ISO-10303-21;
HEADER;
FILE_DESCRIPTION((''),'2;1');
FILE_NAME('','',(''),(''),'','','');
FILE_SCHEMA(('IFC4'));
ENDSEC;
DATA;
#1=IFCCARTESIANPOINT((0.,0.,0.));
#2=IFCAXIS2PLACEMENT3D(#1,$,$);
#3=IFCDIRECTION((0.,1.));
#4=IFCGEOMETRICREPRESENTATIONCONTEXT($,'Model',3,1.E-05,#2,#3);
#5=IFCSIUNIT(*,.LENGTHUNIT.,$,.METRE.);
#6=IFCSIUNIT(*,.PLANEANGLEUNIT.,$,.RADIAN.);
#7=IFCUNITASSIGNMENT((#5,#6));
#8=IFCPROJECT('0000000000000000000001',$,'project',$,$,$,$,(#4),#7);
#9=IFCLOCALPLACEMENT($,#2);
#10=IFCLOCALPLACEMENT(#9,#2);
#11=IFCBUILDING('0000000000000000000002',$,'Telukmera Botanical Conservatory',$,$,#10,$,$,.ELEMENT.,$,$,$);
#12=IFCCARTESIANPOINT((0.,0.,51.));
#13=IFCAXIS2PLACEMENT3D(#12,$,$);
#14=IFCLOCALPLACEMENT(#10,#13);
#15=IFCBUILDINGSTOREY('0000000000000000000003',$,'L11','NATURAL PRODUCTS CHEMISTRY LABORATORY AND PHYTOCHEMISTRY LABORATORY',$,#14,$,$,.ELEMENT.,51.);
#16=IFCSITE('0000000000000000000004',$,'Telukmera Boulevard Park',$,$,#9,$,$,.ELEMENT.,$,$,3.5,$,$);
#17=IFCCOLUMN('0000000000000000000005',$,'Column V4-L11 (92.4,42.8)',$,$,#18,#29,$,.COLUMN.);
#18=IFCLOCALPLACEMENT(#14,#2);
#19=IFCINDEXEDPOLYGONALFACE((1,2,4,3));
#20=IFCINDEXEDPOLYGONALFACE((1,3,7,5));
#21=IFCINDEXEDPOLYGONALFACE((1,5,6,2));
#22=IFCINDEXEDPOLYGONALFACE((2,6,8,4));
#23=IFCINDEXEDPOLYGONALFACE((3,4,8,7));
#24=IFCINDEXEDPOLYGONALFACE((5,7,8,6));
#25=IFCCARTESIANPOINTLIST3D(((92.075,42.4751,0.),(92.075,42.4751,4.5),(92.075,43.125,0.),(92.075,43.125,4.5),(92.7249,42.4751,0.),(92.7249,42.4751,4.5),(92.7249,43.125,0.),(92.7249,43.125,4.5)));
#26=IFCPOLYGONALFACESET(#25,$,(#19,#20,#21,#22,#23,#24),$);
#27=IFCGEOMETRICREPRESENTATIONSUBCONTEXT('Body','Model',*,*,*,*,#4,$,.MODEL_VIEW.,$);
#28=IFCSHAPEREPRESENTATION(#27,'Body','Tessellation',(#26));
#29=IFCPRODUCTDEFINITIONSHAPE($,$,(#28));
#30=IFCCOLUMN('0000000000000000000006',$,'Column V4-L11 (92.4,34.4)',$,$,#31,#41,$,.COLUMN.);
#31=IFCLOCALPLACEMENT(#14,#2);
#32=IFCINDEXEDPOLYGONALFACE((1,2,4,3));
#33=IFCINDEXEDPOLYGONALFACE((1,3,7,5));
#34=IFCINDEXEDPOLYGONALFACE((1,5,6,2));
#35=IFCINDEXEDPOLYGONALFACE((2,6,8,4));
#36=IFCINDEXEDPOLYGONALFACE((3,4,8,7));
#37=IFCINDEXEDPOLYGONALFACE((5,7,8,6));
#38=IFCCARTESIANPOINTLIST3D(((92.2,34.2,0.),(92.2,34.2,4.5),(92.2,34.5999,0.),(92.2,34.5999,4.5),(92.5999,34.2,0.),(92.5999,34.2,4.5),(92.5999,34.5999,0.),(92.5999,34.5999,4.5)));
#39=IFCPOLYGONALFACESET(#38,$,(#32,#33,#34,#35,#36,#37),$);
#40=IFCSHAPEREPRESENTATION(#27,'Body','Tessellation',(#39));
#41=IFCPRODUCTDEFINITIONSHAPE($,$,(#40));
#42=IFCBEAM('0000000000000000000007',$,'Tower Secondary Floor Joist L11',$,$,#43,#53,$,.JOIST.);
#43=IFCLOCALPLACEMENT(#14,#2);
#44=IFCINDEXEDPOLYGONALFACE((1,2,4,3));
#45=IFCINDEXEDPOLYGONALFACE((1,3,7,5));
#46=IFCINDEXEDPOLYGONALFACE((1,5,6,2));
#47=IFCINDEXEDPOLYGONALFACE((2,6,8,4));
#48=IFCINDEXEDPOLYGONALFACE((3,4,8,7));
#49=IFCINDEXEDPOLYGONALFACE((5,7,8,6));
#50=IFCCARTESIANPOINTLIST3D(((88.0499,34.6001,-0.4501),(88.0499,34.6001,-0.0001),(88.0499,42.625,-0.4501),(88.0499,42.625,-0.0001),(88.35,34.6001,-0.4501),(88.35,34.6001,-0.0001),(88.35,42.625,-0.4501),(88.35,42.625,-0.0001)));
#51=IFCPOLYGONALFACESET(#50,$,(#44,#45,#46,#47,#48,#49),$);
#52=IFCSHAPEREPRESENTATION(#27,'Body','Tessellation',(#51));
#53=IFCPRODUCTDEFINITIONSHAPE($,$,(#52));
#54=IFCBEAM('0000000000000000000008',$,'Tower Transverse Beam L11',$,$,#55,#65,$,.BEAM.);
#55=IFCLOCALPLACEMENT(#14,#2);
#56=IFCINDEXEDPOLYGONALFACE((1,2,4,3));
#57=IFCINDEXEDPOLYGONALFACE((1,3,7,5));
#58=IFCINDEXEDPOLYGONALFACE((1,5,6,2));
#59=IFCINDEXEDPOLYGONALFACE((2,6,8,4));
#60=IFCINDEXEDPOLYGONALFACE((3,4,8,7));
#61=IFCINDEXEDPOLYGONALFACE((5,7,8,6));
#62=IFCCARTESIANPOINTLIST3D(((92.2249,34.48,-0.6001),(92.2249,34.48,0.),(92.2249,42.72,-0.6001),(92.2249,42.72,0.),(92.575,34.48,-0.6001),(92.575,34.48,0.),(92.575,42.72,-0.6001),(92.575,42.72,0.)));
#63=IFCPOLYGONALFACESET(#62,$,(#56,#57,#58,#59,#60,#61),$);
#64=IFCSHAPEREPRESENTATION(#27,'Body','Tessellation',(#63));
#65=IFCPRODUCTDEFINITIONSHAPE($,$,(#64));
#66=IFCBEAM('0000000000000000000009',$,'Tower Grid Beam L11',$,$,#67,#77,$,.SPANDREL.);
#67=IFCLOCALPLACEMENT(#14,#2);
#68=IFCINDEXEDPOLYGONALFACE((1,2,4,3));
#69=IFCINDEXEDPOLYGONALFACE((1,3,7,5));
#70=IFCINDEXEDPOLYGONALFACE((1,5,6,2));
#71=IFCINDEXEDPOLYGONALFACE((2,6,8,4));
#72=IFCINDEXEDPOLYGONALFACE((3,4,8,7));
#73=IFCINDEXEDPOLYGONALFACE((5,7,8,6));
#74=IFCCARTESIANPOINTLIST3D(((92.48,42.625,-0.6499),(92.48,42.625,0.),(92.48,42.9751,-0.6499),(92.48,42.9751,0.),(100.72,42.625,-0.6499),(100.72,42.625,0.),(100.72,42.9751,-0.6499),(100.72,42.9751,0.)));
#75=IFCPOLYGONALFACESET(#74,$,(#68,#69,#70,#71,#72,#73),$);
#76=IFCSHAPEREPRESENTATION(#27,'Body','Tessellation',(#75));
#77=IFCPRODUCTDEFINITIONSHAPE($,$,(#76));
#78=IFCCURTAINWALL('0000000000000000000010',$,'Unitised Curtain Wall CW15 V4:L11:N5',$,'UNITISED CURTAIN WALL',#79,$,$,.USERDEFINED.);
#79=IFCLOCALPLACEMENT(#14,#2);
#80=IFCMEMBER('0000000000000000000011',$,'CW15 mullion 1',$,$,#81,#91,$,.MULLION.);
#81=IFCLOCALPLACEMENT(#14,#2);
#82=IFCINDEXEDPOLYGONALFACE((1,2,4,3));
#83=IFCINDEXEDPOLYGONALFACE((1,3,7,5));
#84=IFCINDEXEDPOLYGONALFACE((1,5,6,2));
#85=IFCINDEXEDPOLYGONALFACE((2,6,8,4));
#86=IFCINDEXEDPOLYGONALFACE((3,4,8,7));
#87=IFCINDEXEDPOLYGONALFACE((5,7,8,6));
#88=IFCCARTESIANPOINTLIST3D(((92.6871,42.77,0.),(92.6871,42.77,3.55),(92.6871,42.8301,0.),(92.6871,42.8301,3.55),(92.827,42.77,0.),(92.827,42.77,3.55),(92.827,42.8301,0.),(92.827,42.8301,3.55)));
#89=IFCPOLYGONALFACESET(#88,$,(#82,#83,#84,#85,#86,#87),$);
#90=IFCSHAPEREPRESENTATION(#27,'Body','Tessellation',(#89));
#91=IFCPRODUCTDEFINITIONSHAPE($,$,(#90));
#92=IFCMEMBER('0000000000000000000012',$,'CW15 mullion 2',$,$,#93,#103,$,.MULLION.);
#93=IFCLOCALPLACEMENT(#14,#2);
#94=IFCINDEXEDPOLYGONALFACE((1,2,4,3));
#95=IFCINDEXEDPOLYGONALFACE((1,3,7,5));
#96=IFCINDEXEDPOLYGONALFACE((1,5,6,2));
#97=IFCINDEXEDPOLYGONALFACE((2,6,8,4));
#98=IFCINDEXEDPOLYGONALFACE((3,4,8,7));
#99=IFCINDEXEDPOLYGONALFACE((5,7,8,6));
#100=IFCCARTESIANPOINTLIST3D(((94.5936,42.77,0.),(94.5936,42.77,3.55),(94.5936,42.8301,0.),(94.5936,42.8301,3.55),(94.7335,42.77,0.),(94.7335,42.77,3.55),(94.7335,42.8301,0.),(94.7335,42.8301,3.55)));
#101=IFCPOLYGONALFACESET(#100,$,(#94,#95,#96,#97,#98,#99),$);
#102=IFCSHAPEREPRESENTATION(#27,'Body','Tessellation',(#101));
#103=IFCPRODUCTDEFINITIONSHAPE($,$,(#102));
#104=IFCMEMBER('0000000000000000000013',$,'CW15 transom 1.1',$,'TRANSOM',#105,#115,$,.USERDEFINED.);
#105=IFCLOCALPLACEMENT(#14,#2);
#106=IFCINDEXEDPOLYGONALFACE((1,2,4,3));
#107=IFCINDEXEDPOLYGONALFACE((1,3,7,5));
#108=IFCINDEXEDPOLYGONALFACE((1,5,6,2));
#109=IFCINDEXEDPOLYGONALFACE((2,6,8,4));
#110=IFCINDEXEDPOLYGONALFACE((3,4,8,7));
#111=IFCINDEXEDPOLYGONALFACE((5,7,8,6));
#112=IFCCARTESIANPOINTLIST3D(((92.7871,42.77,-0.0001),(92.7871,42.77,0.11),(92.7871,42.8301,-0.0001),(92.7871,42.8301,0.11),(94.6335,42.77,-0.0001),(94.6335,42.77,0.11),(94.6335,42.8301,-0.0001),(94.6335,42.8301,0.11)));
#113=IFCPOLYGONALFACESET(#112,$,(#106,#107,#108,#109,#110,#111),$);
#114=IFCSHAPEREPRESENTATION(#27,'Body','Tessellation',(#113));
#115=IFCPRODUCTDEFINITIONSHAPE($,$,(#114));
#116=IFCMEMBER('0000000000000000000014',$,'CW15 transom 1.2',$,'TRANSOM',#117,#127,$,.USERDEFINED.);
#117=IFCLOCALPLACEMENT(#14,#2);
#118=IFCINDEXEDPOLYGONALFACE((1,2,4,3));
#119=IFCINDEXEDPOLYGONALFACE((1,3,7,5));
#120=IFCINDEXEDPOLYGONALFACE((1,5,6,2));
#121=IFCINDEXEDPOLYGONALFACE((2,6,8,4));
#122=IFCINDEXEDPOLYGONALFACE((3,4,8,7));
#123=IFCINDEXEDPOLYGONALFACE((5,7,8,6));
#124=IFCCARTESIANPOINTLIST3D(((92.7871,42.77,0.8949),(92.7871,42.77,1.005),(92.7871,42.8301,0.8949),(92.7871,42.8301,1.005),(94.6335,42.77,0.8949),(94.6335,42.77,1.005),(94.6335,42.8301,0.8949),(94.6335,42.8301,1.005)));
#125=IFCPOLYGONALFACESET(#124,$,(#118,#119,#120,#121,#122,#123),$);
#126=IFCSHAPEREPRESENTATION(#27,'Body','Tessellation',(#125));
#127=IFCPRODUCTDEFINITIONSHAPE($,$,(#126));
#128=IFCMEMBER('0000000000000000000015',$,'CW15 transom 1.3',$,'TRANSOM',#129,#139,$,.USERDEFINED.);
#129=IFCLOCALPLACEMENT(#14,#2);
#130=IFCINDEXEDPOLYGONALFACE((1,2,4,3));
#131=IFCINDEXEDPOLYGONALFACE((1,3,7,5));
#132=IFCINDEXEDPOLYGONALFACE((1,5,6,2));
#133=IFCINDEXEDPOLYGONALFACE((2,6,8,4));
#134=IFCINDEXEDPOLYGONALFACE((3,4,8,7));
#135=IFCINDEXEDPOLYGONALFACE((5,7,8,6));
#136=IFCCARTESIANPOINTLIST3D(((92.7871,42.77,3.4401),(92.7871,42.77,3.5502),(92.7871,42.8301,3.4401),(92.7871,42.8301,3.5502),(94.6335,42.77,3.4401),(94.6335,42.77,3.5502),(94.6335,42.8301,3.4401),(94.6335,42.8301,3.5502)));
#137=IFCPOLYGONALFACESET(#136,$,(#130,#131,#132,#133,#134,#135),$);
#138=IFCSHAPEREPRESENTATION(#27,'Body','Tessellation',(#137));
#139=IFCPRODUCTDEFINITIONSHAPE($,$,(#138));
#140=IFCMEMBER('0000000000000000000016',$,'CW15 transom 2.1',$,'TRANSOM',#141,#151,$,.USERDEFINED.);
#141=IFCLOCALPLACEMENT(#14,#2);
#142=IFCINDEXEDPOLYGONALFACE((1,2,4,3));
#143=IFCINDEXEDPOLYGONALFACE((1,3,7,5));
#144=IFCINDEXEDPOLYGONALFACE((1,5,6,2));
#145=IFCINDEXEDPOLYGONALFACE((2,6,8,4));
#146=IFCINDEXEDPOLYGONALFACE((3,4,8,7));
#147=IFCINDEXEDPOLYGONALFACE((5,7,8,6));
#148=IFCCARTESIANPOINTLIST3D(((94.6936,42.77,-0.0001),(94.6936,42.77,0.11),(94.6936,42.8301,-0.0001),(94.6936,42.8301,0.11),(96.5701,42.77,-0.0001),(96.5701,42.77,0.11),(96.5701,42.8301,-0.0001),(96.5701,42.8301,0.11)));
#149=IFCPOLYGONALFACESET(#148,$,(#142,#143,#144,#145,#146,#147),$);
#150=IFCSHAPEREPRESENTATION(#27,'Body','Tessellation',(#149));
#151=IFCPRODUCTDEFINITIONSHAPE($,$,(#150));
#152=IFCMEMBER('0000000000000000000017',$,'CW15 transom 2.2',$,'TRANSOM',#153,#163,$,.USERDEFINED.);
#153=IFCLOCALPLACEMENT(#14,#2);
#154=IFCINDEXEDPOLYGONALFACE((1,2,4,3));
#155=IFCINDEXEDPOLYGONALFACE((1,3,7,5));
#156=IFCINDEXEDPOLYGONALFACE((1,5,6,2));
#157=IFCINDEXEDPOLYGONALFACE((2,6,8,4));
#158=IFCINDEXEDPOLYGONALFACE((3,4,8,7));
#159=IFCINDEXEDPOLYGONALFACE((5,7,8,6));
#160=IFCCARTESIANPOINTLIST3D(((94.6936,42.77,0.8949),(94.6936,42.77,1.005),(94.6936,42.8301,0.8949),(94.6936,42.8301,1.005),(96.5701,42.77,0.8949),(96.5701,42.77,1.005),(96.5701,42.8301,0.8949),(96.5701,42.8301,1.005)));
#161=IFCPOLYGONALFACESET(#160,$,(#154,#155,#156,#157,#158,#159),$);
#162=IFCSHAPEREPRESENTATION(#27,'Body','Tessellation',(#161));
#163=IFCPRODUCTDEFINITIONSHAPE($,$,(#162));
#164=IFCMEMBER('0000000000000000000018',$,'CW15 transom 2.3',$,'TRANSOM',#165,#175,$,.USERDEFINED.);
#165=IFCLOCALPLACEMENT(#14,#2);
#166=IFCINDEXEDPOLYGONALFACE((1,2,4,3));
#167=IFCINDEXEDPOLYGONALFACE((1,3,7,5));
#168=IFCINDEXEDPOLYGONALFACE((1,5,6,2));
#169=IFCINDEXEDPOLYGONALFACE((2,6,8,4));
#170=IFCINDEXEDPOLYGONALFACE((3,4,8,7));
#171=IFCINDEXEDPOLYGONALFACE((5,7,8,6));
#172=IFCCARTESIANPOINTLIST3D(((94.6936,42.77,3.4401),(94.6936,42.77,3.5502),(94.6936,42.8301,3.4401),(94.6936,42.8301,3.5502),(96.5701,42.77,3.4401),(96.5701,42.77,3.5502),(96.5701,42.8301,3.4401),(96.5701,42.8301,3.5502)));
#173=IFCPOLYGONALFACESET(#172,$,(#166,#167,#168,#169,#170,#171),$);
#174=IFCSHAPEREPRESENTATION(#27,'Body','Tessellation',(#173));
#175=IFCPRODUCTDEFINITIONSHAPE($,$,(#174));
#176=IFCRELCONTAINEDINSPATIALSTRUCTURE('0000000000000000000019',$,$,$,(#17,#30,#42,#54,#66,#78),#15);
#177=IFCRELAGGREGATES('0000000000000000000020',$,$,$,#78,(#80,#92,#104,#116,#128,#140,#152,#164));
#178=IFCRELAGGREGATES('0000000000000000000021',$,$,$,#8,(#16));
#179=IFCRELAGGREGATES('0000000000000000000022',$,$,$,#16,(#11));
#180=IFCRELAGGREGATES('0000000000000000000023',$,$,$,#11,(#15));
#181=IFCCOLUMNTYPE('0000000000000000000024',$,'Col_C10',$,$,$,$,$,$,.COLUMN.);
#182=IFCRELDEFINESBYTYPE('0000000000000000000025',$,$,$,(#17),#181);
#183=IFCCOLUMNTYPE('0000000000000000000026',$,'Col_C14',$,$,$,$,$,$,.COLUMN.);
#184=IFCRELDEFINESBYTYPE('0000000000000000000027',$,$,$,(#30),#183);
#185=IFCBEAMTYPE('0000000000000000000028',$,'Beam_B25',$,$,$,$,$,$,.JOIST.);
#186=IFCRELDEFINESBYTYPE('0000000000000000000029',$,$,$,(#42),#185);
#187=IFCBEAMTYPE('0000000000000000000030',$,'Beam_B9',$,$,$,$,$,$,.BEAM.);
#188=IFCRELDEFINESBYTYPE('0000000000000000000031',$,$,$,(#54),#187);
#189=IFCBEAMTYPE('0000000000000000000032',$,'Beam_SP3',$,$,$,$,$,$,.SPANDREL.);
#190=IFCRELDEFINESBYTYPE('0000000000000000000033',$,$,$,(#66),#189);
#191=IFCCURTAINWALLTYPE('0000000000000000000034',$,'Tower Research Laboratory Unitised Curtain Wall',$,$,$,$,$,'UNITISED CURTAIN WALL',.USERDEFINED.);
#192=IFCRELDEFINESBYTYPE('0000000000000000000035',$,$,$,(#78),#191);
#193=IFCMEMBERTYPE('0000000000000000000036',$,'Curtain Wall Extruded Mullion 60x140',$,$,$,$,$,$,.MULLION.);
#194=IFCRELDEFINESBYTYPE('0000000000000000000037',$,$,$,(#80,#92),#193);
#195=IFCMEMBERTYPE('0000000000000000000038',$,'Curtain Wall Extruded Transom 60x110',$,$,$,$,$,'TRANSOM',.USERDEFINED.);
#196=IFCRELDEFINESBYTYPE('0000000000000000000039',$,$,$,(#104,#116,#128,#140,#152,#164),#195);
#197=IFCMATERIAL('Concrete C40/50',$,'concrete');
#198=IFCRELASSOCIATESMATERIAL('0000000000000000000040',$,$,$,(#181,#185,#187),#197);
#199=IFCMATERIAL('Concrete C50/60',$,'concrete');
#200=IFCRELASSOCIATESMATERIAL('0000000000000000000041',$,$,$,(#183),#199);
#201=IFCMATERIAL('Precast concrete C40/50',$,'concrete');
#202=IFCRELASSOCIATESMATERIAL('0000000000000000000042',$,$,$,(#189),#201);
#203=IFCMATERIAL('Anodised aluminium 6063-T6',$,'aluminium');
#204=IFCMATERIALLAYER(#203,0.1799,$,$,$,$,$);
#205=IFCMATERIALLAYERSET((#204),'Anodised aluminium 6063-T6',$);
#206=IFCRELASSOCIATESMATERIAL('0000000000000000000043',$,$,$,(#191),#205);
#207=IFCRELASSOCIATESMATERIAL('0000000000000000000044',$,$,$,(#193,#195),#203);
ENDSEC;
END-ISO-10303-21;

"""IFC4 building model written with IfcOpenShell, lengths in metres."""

from ifc_helpers import new_model, si_unit, direction, frame, origin, origin_2d, place, context, subcontext, project, spatial, rectangle, extrude, material, layer, layer_set, material_profile, profile_set, type_object, element, aggregate, save


model = new_model("IFC4")

# Units and contexts
model_context = context("Model", 3, precision=1e-05, world=origin(), true_north=direction((0.0, 1.0)))
body_context = subcontext(model_context, "Body", "Model", "MODEL_VIEW")
ifc_project = project(units=[si_unit("LENGTHUNIT", "METRE"), si_unit("PLANEANGLEUNIT", "RADIAN")], contexts=[model_context])

# Site, building, storey
site_placement = place(None, origin())
site = spatial("IfcSite", under=ifc_project, at=site_placement, Name="Telukmera Boulevard Park", CompositionType="ELEMENT", RefElevation=3.5)
building_placement = place(site_placement, origin())
building = spatial("IfcBuilding", under=site, at=building_placement, Name="Telukmera Botanical Conservatory", CompositionType="ELEMENT")
storey_placement = place(building_placement, frame((0.0, 0.0, 51.0)))
storey = spatial("IfcBuildingStorey", under=building, at=storey_placement, Name="L11", Description="NATURAL PRODUCTS CHEMISTRY LABORATORY AND PHYTOCHEMISTRY LABORATORY", CompositionType="ELEMENT", Elevation=51.0)

# Columns
ifc_material_1 = material(Name="Concrete C40/50", Category="concrete")
ifc_material_profile_1 = material_profile(ifc_material_1, rectangle(XDim=0.6499, YDim=0.6499, at=origin_2d()), Name="RC 650x650")
ifc_profile_set_1 = profile_set([ifc_material_profile_1], Name="Concrete C40/50")
column_type_1 = type_object("IfcColumnType", Name="Col_C10", PredefinedType="COLUMN", material=ifc_profile_set_1)
column_1_placement = place(storey_placement, frame((92.3999, 42.8, 0.0), z_axis=(0.0, 0.0, 1.0), x_axis=(1.0, 0.0, 0.0)))
element("IfcColumn", 1, at=column_1_placement, inside=storey, type_object=column_type_1, Name="Column V4-L11 (92.4,42.8)", PredefinedType="COLUMN", context=body_context, shape_type="SweptSolid", body=[
    extrude(rectangle(XDim=0.6499, YDim=0.6499, at=origin_2d()), origin(), (0.0, 0.0, 1.0), 4.5),
])
ifc_material_2 = material(Name="Concrete C50/60", Category="concrete")
ifc_material_profile_2 = material_profile(ifc_material_2, rectangle(XDim=0.3999, YDim=0.3999, at=origin_2d()), Name="RC 400x400")
ifc_profile_set_2 = profile_set([ifc_material_profile_2], Name="Concrete C50/60")
column_type_2 = type_object("IfcColumnType", Name="Col_C14", PredefinedType="COLUMN", material=ifc_profile_set_2)
column_2_placement = place(storey_placement, frame((92.3999, 34.3999, 0.0), z_axis=(0.0, 0.0, 1.0), x_axis=(1.0, 0.0, 0.0)))
element("IfcColumn", 2, at=column_2_placement, inside=storey, type_object=column_type_2, Name="Column V4-L11 (92.4,34.4)", PredefinedType="COLUMN", context=body_context, shape_type="SweptSolid", body=[
    extrude(rectangle(XDim=0.3999, YDim=0.3999, at=origin_2d()), origin(), (0.0, 0.0, 1.0), 4.5),
])

# Beams
ifc_material_profile_3 = material_profile(ifc_material_1, rectangle(XDim=0.3, YDim=0.45, at=origin_2d()), Name="RC 300x450")
ifc_profile_set_3 = profile_set([ifc_material_profile_3], Name="Concrete C40/50")
beam_type_1 = type_object("IfcBeamType", Name="Beam_B25", PredefinedType="JOIST", material=ifc_profile_set_3)
beam_1_placement = place(storey_placement, frame((88.2, 34.6001, -0.2251), z_axis=(0.0, 1.0, 0.0), x_axis=(-1.0, 0.0, 0.0)))
element("IfcBeam", 3, at=beam_1_placement, inside=storey, type_object=beam_type_1, Name="Tower Secondary Floor Joist L11", PredefinedType="JOIST", context=body_context, shape_type="SweptSolid", body=[
    extrude(rectangle(XDim=0.3, YDim=0.45, at=origin_2d()), origin(), (0.0, 0.0, 1.0), 8.0249),
])
ifc_material_profile_4 = material_profile(ifc_material_1, rectangle(XDim=0.3501, YDim=0.6001, at=origin_2d()), Name="RC 350x600")
ifc_profile_set_4 = profile_set([ifc_material_profile_4], Name="Concrete C40/50")
beam_type_2 = type_object("IfcBeamType", Name="Beam_B9", PredefinedType="BEAM", material=ifc_profile_set_4)
beam_2_placement = place(storey_placement, frame((92.3999, 34.48, -0.3), z_axis=(0.0, 1.0, 0.0), x_axis=(-1.0, 0.0, 0.0)))
element("IfcBeam", 4, at=beam_2_placement, inside=storey, type_object=beam_type_2, Name="Tower Transverse Beam L11", PredefinedType="BEAM", context=body_context, shape_type="SweptSolid", body=[
    extrude(rectangle(XDim=0.3501, YDim=0.6001, at=origin_2d()), origin(), (0.0, 0.0, 1.0), 8.24),
])
ifc_material_3 = material(Name="Precast concrete C40/50", Category="concrete")
ifc_material_profile_5 = material_profile(ifc_material_3, rectangle(XDim=0.3501, YDim=0.6499, at=origin_2d()), Name="PC 350x650")
ifc_profile_set_5 = profile_set([ifc_material_profile_5], Name="Precast concrete C40/50")
beam_type_3 = type_object("IfcBeamType", Name="Beam_SP3", PredefinedType="SPANDREL", material=ifc_profile_set_5)
beam_3_placement = place(storey_placement, frame((92.48, 42.8, -0.325), z_axis=(1.0, 0.0, 0.0), x_axis=(0.0, 1.0, 0.0)))
element("IfcBeam", 5, at=beam_3_placement, inside=storey, type_object=beam_type_3, Name="Tower Grid Beam L11", PredefinedType="SPANDREL", context=body_context, shape_type="SweptSolid", body=[
    extrude(rectangle(XDim=0.3501, YDim=0.6499, at=origin_2d()), origin(), (0.0, 0.0, 1.0), 8.24),
])

# Curtain wall, members
ifc_material_4 = material(Name="Anodised aluminium 6063-T6", Category="aluminium")
ifc_layer_1 = layer(ifc_material_4, 0.1799)
ifc_layer_set_1 = layer_set([ifc_layer_1], Name="Anodised aluminium 6063-T6")
curtain_wall_type = type_object("IfcCurtainWallType", Name="Tower Research Laboratory Unitised Curtain Wall", ElementType="UNITISED CURTAIN WALL", PredefinedType="USERDEFINED", material=ifc_layer_set_1)
curtain_wall_placement = place(storey_placement, origin())
curtain_wall = element("IfcCurtainWall", 6, at=curtain_wall_placement, inside=storey, type_object=curtain_wall_type, Name="Unitised Curtain Wall CW15 V4:L11:N5", ObjectType="UNITISED CURTAIN WALL", PredefinedType="USERDEFINED")
ifc_material_profile_6 = material_profile(ifc_material_4, rectangle(XDim=0.0601, YDim=0.1399, at=origin_2d()), Name="ALU MULL 60x140")
ifc_profile_set_6 = profile_set([ifc_material_profile_6], Name="Anodised aluminium 6063-T6")
member_type_1 = type_object("IfcMemberType", Name="Curtain Wall Extruded Mullion 60x140", PredefinedType="MULLION", material=ifc_profile_set_6)
member_1_placement = place(storey_placement, frame((92.7571, 42.8, 0.0), z_axis=(0.0, 0.0, 1.0), x_axis=(0.0, 1.0, 0.0)))
member_1 = element("IfcMember", 7, at=member_1_placement, type_object=member_type_1, Name="CW15 mullion 1", PredefinedType="MULLION", context=body_context, shape_type="SweptSolid", body=[
    extrude(rectangle(XDim=0.0601, YDim=0.1399, at=origin_2d()), origin(), (0.0, 0.0, 1.0), 3.55),
])
member_2_placement = place(storey_placement, frame((94.6636, 42.8, 0.0), z_axis=(0.0, 0.0, 1.0), x_axis=(0.0, 1.0, 0.0)))
member_2 = element("IfcMember", 8, at=member_2_placement, type_object=member_type_1, Name="CW15 mullion 2", PredefinedType="MULLION", context=body_context, shape_type="SweptSolid", body=[
    extrude(rectangle(XDim=0.0601, YDim=0.1399, at=origin_2d()), origin(), (0.0, 0.0, 1.0), 3.55),
])
ifc_material_profile_7 = material_profile(ifc_material_4, rectangle(XDim=0.0601, YDim=0.1101, at=origin_2d()), Name="ALU TRAN 60x110")
ifc_profile_set_7 = profile_set([ifc_material_profile_7], Name="Anodised aluminium 6063-T6")
member_type_2 = type_object("IfcMemberType", Name="Curtain Wall Extruded Transom 60x110", ElementType="TRANSOM", PredefinedType="USERDEFINED", material=ifc_profile_set_7)
member_3_placement = place(storey_placement, frame((92.7871, 42.8, 0.0549), z_axis=(1.0, 0.0, 0.0), x_axis=(0.0, 1.0, 0.0)))
member_3 = element("IfcMember", 9, at=member_3_placement, type_object=member_type_2, Name="CW15 transom 1.1", ObjectType="TRANSOM", PredefinedType="USERDEFINED", context=body_context, shape_type="SweptSolid", body=[
    extrude(rectangle(XDim=0.0601, YDim=0.1101, at=origin_2d()), origin(), (0.0, 0.0, 1.0), 1.8464),
])
member_4_placement = place(storey_placement, frame((92.7871, 42.8, 0.95), z_axis=(1.0, 0.0, 0.0), x_axis=(0.0, 1.0, 0.0)))
member_4 = element("IfcMember", 10, at=member_4_placement, type_object=member_type_2, Name="CW15 transom 1.2", ObjectType="TRANSOM", PredefinedType="USERDEFINED", context=body_context, shape_type="SweptSolid", body=[
    extrude(rectangle(XDim=0.0601, YDim=0.1101, at=origin_2d()), origin(), (0.0, 0.0, 1.0), 1.8464),
])
member_5_placement = place(storey_placement, frame((92.7871, 42.8, 3.4951), z_axis=(1.0, 0.0, 0.0), x_axis=(0.0, 1.0, 0.0)))
member_5 = element("IfcMember", 11, at=member_5_placement, type_object=member_type_2, Name="CW15 transom 1.3", ObjectType="TRANSOM", PredefinedType="USERDEFINED", context=body_context, shape_type="SweptSolid", body=[
    extrude(rectangle(XDim=0.0601, YDim=0.1101, at=origin_2d()), origin(), (0.0, 0.0, 1.0), 1.8464),
])
member_6_placement = place(storey_placement, frame((94.6936, 42.8, 0.0549), z_axis=(1.0, 0.0, 0.0), x_axis=(0.0, 1.0, 0.0)))
member_6 = element("IfcMember", 12, at=member_6_placement, type_object=member_type_2, Name="CW15 transom 2.1", ObjectType="TRANSOM", PredefinedType="USERDEFINED", context=body_context, shape_type="SweptSolid", body=[
    extrude(rectangle(XDim=0.0601, YDim=0.1101, at=origin_2d()), origin(), (0.0, 0.0, 1.0), 1.8765),
])
member_7_placement = place(storey_placement, frame((94.6936, 42.8, 0.95), z_axis=(1.0, 0.0, 0.0), x_axis=(0.0, 1.0, 0.0)))
member_7 = element("IfcMember", 13, at=member_7_placement, type_object=member_type_2, Name="CW15 transom 2.2", ObjectType="TRANSOM", PredefinedType="USERDEFINED", context=body_context, shape_type="SweptSolid", body=[
    extrude(rectangle(XDim=0.0601, YDim=0.1101, at=origin_2d()), origin(), (0.0, 0.0, 1.0), 1.8765),
])
member_8_placement = place(storey_placement, frame((94.6936, 42.8, 3.4951), z_axis=(1.0, 0.0, 0.0), x_axis=(0.0, 1.0, 0.0)))
member_8 = element("IfcMember", 14, at=member_8_placement, type_object=member_type_2, Name="CW15 transom 2.3", ObjectType="TRANSOM", PredefinedType="USERDEFINED", context=body_context, shape_type="SweptSolid", body=[
    extrude(rectangle(XDim=0.0601, YDim=0.1101, at=origin_2d()), origin(), (0.0, 0.0, 1.0), 1.8765),
])
aggregate(curtain_wall, [member_1, member_2, member_3, member_4, member_5, member_6, member_7, member_8])

save(model, "model.ifc")
